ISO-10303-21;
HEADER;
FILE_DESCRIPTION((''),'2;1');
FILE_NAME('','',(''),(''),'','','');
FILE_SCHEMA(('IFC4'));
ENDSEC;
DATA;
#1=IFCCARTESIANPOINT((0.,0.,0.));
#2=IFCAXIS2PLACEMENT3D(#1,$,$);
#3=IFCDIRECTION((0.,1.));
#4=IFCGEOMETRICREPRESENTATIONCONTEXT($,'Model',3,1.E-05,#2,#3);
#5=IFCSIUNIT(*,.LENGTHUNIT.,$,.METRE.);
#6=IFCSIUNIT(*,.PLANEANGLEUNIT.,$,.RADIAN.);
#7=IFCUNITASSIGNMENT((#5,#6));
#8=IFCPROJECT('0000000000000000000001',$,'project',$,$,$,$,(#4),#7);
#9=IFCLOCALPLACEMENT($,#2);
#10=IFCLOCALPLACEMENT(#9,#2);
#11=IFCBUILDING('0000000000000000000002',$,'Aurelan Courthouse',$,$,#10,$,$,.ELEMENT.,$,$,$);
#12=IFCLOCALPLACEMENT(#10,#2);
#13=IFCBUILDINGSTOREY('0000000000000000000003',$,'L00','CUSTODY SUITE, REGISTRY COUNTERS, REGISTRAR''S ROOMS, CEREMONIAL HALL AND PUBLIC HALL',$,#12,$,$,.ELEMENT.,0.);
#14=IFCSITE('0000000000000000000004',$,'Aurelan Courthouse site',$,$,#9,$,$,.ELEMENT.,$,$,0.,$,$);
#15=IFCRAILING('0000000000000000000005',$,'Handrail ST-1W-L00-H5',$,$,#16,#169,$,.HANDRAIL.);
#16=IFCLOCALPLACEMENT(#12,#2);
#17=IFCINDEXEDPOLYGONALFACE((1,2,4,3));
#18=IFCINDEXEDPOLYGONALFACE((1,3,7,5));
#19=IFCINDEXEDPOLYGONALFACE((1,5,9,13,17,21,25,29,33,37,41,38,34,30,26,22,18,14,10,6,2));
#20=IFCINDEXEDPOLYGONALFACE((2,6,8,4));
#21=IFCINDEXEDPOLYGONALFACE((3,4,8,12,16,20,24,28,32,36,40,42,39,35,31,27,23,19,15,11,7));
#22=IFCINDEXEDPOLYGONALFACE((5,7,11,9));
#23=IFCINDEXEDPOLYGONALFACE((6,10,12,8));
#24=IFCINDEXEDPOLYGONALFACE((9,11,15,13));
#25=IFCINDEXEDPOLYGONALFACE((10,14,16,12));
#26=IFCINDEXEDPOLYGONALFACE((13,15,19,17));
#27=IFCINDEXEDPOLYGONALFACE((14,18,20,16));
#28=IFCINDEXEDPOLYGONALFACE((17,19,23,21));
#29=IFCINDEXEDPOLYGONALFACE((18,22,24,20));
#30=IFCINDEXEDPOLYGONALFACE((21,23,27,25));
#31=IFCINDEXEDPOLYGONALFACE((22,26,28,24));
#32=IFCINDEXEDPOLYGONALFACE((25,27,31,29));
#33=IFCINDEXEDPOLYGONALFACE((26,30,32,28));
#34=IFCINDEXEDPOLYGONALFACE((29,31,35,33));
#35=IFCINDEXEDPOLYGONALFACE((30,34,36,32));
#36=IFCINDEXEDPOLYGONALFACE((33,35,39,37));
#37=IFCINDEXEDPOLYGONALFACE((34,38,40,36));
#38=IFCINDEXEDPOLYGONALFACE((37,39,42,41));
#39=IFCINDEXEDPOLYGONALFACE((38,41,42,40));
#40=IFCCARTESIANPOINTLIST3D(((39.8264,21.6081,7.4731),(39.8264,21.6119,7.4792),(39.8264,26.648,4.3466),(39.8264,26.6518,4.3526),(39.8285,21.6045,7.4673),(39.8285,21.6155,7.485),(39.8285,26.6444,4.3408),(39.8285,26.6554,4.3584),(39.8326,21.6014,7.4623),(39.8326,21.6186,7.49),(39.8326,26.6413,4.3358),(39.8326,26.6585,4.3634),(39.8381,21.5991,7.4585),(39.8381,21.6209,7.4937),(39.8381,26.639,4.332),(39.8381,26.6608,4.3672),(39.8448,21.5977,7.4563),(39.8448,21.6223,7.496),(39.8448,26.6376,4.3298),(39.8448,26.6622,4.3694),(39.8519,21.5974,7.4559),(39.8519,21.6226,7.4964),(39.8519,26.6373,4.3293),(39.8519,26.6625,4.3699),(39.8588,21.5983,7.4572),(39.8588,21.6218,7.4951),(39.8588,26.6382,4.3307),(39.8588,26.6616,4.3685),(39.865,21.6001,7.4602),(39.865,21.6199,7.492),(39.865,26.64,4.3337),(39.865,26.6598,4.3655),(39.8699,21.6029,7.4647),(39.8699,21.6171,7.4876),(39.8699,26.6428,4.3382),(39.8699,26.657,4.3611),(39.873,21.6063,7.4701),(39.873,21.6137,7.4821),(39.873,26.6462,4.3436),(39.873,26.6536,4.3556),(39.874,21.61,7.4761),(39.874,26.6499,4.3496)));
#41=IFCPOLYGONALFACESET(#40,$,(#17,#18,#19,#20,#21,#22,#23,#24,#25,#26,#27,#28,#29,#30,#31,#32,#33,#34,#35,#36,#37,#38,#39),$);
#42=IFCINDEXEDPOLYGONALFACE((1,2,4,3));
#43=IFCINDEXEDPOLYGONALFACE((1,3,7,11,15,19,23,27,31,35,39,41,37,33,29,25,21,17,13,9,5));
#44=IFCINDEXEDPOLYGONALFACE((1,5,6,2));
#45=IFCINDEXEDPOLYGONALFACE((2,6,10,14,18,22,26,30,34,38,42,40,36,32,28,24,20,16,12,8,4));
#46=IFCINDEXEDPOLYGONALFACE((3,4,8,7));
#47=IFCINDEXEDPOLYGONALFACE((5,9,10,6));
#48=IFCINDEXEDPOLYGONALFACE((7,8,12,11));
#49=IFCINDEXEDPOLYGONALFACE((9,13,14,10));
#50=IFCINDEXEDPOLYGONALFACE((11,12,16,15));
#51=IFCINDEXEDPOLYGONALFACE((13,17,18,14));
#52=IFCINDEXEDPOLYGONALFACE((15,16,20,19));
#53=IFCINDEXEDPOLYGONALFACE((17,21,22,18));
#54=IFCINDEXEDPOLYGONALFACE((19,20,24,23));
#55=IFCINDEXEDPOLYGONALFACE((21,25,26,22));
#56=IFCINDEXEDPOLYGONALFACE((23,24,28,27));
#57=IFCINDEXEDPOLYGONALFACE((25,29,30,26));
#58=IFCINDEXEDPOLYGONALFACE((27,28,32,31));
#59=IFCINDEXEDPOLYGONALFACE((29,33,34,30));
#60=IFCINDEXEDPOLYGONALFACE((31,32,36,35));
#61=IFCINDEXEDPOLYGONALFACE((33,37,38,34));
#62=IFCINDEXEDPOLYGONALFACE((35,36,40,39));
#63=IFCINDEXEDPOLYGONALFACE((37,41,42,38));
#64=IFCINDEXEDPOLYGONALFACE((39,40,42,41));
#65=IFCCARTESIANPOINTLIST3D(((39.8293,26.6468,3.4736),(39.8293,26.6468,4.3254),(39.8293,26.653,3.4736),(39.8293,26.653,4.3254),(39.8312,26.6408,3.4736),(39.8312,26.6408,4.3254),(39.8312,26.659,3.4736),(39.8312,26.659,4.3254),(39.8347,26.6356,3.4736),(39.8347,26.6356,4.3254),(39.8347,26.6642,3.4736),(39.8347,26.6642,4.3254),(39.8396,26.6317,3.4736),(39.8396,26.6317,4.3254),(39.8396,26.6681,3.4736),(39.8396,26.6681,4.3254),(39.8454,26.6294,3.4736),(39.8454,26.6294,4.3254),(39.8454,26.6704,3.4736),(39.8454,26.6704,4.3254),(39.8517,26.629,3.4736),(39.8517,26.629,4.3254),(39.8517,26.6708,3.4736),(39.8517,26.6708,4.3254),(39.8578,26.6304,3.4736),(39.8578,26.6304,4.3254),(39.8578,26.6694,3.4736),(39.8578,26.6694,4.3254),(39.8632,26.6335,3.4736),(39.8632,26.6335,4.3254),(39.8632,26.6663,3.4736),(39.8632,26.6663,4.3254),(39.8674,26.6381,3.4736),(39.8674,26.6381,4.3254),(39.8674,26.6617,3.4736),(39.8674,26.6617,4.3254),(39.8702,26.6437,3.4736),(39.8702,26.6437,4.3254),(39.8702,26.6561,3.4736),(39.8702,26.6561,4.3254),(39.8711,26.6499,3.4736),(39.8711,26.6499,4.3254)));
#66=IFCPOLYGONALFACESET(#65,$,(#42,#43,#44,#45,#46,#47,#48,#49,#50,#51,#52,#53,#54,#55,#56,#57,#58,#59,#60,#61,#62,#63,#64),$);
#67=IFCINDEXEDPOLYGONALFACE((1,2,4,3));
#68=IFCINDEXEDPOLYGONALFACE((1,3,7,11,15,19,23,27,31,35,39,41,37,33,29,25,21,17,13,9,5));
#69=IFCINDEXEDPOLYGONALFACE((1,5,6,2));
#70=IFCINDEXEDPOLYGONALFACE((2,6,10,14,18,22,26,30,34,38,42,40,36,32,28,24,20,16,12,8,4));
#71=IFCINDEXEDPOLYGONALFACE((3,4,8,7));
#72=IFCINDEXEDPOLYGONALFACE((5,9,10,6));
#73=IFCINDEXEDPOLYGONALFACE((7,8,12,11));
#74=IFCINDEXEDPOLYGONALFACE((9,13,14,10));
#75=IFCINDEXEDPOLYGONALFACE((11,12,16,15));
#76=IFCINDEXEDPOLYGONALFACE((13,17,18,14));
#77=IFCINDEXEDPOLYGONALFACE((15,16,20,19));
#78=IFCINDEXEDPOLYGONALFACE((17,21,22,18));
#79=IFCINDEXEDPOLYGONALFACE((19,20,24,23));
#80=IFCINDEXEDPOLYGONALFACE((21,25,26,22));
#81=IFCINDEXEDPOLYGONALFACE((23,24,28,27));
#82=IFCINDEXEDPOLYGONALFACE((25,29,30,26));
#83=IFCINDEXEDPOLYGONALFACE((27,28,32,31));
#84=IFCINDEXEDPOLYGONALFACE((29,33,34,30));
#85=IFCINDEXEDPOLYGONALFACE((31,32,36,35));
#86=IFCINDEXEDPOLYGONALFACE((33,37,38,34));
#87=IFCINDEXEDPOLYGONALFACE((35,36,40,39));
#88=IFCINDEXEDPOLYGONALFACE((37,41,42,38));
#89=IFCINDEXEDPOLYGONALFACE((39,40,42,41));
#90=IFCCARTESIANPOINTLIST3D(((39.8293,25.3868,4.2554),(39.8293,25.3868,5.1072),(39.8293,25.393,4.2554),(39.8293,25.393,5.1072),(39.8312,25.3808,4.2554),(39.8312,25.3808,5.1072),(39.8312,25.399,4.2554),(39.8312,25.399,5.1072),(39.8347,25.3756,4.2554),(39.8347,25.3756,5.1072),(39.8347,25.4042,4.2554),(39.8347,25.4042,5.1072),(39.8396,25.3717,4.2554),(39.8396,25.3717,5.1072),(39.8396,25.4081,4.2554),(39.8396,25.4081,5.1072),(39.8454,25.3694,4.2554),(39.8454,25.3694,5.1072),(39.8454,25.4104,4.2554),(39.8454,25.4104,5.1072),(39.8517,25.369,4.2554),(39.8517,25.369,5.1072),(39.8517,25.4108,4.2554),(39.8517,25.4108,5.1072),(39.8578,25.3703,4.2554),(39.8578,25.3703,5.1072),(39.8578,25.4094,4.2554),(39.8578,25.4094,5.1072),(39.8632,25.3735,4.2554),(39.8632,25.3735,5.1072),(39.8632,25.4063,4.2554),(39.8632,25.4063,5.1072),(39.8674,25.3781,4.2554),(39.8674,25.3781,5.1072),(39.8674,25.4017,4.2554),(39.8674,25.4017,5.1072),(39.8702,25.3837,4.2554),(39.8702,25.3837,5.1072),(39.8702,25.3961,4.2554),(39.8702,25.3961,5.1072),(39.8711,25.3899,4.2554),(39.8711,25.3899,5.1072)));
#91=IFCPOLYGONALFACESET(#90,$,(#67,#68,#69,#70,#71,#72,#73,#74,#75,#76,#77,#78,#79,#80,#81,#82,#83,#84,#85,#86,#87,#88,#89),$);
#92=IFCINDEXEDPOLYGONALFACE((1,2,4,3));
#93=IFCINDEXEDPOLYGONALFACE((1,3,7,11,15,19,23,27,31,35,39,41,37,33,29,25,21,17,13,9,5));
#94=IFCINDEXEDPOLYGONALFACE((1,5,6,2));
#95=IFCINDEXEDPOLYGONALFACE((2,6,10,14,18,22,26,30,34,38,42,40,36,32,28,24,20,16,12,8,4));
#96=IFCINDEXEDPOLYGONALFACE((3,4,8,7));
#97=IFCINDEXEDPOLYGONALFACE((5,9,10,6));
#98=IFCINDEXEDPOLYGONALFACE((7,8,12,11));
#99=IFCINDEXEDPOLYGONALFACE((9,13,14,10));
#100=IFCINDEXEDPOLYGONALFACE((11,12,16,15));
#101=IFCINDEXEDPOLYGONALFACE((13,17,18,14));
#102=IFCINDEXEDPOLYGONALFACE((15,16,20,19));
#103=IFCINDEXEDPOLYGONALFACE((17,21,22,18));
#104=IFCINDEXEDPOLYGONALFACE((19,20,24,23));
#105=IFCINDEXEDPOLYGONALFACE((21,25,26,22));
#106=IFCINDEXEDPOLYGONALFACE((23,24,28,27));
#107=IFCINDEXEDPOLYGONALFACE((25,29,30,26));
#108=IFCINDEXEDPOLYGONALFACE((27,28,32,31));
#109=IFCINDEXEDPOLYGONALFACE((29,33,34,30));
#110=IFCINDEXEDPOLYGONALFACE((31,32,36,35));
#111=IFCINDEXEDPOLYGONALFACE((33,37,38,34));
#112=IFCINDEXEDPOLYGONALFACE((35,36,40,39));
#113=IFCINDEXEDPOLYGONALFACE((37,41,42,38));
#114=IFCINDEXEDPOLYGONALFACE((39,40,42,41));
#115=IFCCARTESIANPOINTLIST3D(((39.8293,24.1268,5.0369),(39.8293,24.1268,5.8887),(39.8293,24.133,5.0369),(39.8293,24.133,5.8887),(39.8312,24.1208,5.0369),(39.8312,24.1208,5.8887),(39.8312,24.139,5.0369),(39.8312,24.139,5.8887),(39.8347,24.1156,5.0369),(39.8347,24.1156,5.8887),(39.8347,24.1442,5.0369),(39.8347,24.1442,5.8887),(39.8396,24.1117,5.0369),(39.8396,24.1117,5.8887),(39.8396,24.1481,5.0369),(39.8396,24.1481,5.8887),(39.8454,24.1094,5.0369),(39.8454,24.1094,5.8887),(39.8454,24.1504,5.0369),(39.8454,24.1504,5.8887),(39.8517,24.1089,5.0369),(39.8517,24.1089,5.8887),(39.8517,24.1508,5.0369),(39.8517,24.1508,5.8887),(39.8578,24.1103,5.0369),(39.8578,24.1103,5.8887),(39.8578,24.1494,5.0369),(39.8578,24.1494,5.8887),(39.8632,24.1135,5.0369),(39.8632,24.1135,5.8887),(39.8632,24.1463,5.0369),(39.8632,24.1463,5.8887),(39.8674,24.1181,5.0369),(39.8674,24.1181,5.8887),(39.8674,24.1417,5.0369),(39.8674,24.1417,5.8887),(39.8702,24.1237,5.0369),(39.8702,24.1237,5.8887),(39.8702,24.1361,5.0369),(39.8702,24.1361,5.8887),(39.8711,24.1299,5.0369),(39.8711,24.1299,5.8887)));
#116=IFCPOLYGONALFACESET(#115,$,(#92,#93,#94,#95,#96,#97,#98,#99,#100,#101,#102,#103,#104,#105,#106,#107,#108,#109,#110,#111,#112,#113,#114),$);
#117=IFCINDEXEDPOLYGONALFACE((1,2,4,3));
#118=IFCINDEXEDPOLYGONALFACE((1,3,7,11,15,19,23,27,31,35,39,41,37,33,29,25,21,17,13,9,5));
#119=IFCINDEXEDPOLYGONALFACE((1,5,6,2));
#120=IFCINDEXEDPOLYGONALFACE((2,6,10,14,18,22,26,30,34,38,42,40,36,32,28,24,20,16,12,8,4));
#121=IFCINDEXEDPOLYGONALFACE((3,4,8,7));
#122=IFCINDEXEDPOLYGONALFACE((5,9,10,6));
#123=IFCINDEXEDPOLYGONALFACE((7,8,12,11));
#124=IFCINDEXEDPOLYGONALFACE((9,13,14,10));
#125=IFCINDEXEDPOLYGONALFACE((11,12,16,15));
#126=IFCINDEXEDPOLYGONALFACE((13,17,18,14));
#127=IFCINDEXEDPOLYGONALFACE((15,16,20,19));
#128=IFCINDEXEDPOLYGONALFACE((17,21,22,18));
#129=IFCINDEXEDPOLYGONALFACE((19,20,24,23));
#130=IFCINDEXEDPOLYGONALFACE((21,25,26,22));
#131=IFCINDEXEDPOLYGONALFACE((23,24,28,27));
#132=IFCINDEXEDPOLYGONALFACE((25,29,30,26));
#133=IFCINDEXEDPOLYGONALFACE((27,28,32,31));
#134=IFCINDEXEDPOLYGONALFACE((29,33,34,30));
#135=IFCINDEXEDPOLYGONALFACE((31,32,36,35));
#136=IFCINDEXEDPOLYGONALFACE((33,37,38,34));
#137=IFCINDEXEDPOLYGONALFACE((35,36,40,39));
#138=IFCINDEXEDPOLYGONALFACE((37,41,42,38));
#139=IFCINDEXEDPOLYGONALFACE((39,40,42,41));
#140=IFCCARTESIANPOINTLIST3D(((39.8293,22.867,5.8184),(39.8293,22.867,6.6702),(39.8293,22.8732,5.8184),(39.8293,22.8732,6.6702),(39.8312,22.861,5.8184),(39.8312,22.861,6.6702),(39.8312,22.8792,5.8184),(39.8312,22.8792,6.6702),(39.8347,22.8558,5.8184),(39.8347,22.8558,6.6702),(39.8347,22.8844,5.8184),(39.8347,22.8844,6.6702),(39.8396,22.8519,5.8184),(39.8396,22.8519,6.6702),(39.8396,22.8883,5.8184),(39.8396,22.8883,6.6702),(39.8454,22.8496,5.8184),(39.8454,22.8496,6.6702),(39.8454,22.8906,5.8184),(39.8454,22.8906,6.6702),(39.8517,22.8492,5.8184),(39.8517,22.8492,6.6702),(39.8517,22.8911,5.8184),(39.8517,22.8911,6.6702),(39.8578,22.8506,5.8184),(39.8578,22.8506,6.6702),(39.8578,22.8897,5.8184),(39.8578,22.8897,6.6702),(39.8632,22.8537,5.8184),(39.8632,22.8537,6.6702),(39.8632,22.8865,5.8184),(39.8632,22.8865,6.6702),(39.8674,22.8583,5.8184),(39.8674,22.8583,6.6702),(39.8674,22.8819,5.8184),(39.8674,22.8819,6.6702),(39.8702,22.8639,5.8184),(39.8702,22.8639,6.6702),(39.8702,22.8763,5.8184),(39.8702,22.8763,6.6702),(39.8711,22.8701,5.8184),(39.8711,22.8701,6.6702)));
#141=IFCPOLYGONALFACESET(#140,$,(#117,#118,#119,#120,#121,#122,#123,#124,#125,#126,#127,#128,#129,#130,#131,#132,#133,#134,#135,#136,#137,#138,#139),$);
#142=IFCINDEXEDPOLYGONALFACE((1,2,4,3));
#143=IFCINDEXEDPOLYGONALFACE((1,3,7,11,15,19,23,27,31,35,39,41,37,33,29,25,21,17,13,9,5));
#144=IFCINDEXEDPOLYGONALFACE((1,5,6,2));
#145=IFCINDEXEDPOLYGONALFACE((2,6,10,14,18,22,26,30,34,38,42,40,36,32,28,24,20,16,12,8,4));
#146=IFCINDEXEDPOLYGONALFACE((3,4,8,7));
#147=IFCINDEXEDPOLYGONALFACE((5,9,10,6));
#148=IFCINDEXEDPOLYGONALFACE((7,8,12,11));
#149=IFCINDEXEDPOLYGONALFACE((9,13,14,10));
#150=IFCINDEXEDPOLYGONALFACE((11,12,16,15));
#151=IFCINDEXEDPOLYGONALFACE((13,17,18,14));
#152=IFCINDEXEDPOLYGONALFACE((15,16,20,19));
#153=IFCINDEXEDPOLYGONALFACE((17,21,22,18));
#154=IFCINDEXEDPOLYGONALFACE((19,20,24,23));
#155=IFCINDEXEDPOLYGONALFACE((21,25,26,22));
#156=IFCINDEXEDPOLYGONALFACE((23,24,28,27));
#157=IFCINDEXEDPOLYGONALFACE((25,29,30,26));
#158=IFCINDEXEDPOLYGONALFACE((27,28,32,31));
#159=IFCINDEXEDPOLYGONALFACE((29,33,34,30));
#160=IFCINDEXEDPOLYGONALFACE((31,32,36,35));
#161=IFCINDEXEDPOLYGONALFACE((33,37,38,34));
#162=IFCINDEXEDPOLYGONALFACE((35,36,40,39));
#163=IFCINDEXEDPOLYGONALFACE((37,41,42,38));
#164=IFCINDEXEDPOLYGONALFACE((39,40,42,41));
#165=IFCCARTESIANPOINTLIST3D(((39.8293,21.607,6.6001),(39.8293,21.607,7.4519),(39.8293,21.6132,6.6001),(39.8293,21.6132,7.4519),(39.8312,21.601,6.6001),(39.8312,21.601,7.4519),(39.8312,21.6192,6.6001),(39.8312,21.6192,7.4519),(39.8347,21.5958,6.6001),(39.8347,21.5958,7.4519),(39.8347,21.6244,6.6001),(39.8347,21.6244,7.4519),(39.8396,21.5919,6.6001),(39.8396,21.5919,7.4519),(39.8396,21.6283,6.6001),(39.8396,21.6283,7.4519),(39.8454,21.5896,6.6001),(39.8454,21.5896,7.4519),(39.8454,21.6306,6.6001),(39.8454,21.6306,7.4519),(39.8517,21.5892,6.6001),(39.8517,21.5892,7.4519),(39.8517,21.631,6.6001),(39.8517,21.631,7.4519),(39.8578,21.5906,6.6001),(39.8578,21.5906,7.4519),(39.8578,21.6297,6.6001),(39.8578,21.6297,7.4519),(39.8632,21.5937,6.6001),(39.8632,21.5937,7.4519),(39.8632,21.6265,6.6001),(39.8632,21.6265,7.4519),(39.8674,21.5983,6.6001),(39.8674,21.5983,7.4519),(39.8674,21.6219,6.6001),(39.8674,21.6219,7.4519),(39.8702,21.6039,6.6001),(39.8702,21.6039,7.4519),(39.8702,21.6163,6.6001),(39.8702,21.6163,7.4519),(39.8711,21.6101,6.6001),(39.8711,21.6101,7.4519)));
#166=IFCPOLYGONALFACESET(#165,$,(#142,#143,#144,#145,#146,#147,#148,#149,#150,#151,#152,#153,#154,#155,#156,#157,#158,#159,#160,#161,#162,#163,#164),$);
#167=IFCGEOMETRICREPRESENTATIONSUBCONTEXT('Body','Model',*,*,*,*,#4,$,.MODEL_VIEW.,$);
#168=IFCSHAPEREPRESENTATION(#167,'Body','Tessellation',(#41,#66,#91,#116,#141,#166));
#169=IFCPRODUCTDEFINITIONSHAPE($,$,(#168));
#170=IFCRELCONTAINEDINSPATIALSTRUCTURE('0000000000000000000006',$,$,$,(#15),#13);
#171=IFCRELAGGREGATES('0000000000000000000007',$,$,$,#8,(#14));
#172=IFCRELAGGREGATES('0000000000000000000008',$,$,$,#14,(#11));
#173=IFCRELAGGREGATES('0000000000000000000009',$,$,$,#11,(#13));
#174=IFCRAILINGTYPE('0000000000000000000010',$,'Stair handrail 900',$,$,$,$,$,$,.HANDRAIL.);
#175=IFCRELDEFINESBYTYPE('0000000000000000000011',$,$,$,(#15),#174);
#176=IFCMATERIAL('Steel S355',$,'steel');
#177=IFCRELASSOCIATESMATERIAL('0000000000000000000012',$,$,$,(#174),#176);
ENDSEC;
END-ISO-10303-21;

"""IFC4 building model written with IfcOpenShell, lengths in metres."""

from ifc_helpers import new_model, si_unit, direction, frame, origin, origin_2d, place, context, subcontext, project, spatial, circle, extrude, material, type_object, element, save


model = new_model("IFC4")

# Units and contexts
model_context = context("Model", 3, precision=1e-05, world=origin(), true_north=direction((0.0, 1.0)))
body_context = subcontext(model_context, "Body", "Model", "MODEL_VIEW")
ifc_project = project(units=[si_unit("LENGTHUNIT", "METRE"), si_unit("PLANEANGLEUNIT", "RADIAN")], contexts=[model_context])

# Site, building, storey
site_placement = place(None, origin())
site = spatial("IfcSite", under=ifc_project, at=site_placement, Name="Aurelan Courthouse site", CompositionType="ELEMENT", RefElevation=0.0)
building_placement = place(site_placement, origin())
building = spatial("IfcBuilding", under=site, at=building_placement, Name="Aurelan Courthouse", CompositionType="ELEMENT")
storey_placement = place(building_placement, origin())
storey = spatial("IfcBuildingStorey", under=building, at=storey_placement, Name="L00", Description="CUSTODY SUITE, REGISTRY COUNTERS, REGISTRAR'S ROOMS, CEREMONIAL HALL AND PUBLIC HALL", CompositionType="ELEMENT", Elevation=0.0)

# Railing
ifc_material_1 = material(Name="Steel S355", Category="steel")
railing_type_1 = type_object("IfcRailingType", Name="Stair handrail 900", PredefinedType="HANDRAIL", material=ifc_material_1)
for number, where, name in (
    (1, (39.8501, 26.6499, 3.4736), "Handrail ST-1W-L00-H5"),
):
    element("IfcRailing", number, at=place(storey_placement, frame(where)), inside=storey, type_object=railing_type_1, Name=name, PredefinedType="HANDRAIL", context=body_context, shape_type="SweptSolid", body=[
        extrude(circle(Radius=0.0239, at=origin_2d()), frame((0.0, 0.0, 0.876), z_axis=(0.0, -0.849767, 0.527158), x_axis=(1.0, 0.0, 0.0)), (0.0, 0.0, 1.0), 5.9309),
        extrude(circle(Radius=0.021, at=origin_2d()), origin(), (0.0, 0.0, 1.0), 0.8518),
        extrude(circle(Radius=0.021, at=origin_2d()), frame((0.0, -1.26, 0.7817)), (0.0, 0.0, 1.0), 0.8518),
        extrude(circle(Radius=0.021, at=origin_2d()), frame((0.0, -2.52, 1.5632)), (0.0, 0.0, 1.0), 0.8518),
        extrude(circle(Radius=0.021, at=origin_2d()), frame((0.0, -3.7798, 2.3447)), (0.0, 0.0, 1.0), 0.8518),
        extrude(circle(Radius=0.021, at=origin_2d()), frame((0.0, -5.0398, 3.1265)), (0.0, 0.0, 1.0), 0.8518),
    ])

save(model, "model.ifc")
